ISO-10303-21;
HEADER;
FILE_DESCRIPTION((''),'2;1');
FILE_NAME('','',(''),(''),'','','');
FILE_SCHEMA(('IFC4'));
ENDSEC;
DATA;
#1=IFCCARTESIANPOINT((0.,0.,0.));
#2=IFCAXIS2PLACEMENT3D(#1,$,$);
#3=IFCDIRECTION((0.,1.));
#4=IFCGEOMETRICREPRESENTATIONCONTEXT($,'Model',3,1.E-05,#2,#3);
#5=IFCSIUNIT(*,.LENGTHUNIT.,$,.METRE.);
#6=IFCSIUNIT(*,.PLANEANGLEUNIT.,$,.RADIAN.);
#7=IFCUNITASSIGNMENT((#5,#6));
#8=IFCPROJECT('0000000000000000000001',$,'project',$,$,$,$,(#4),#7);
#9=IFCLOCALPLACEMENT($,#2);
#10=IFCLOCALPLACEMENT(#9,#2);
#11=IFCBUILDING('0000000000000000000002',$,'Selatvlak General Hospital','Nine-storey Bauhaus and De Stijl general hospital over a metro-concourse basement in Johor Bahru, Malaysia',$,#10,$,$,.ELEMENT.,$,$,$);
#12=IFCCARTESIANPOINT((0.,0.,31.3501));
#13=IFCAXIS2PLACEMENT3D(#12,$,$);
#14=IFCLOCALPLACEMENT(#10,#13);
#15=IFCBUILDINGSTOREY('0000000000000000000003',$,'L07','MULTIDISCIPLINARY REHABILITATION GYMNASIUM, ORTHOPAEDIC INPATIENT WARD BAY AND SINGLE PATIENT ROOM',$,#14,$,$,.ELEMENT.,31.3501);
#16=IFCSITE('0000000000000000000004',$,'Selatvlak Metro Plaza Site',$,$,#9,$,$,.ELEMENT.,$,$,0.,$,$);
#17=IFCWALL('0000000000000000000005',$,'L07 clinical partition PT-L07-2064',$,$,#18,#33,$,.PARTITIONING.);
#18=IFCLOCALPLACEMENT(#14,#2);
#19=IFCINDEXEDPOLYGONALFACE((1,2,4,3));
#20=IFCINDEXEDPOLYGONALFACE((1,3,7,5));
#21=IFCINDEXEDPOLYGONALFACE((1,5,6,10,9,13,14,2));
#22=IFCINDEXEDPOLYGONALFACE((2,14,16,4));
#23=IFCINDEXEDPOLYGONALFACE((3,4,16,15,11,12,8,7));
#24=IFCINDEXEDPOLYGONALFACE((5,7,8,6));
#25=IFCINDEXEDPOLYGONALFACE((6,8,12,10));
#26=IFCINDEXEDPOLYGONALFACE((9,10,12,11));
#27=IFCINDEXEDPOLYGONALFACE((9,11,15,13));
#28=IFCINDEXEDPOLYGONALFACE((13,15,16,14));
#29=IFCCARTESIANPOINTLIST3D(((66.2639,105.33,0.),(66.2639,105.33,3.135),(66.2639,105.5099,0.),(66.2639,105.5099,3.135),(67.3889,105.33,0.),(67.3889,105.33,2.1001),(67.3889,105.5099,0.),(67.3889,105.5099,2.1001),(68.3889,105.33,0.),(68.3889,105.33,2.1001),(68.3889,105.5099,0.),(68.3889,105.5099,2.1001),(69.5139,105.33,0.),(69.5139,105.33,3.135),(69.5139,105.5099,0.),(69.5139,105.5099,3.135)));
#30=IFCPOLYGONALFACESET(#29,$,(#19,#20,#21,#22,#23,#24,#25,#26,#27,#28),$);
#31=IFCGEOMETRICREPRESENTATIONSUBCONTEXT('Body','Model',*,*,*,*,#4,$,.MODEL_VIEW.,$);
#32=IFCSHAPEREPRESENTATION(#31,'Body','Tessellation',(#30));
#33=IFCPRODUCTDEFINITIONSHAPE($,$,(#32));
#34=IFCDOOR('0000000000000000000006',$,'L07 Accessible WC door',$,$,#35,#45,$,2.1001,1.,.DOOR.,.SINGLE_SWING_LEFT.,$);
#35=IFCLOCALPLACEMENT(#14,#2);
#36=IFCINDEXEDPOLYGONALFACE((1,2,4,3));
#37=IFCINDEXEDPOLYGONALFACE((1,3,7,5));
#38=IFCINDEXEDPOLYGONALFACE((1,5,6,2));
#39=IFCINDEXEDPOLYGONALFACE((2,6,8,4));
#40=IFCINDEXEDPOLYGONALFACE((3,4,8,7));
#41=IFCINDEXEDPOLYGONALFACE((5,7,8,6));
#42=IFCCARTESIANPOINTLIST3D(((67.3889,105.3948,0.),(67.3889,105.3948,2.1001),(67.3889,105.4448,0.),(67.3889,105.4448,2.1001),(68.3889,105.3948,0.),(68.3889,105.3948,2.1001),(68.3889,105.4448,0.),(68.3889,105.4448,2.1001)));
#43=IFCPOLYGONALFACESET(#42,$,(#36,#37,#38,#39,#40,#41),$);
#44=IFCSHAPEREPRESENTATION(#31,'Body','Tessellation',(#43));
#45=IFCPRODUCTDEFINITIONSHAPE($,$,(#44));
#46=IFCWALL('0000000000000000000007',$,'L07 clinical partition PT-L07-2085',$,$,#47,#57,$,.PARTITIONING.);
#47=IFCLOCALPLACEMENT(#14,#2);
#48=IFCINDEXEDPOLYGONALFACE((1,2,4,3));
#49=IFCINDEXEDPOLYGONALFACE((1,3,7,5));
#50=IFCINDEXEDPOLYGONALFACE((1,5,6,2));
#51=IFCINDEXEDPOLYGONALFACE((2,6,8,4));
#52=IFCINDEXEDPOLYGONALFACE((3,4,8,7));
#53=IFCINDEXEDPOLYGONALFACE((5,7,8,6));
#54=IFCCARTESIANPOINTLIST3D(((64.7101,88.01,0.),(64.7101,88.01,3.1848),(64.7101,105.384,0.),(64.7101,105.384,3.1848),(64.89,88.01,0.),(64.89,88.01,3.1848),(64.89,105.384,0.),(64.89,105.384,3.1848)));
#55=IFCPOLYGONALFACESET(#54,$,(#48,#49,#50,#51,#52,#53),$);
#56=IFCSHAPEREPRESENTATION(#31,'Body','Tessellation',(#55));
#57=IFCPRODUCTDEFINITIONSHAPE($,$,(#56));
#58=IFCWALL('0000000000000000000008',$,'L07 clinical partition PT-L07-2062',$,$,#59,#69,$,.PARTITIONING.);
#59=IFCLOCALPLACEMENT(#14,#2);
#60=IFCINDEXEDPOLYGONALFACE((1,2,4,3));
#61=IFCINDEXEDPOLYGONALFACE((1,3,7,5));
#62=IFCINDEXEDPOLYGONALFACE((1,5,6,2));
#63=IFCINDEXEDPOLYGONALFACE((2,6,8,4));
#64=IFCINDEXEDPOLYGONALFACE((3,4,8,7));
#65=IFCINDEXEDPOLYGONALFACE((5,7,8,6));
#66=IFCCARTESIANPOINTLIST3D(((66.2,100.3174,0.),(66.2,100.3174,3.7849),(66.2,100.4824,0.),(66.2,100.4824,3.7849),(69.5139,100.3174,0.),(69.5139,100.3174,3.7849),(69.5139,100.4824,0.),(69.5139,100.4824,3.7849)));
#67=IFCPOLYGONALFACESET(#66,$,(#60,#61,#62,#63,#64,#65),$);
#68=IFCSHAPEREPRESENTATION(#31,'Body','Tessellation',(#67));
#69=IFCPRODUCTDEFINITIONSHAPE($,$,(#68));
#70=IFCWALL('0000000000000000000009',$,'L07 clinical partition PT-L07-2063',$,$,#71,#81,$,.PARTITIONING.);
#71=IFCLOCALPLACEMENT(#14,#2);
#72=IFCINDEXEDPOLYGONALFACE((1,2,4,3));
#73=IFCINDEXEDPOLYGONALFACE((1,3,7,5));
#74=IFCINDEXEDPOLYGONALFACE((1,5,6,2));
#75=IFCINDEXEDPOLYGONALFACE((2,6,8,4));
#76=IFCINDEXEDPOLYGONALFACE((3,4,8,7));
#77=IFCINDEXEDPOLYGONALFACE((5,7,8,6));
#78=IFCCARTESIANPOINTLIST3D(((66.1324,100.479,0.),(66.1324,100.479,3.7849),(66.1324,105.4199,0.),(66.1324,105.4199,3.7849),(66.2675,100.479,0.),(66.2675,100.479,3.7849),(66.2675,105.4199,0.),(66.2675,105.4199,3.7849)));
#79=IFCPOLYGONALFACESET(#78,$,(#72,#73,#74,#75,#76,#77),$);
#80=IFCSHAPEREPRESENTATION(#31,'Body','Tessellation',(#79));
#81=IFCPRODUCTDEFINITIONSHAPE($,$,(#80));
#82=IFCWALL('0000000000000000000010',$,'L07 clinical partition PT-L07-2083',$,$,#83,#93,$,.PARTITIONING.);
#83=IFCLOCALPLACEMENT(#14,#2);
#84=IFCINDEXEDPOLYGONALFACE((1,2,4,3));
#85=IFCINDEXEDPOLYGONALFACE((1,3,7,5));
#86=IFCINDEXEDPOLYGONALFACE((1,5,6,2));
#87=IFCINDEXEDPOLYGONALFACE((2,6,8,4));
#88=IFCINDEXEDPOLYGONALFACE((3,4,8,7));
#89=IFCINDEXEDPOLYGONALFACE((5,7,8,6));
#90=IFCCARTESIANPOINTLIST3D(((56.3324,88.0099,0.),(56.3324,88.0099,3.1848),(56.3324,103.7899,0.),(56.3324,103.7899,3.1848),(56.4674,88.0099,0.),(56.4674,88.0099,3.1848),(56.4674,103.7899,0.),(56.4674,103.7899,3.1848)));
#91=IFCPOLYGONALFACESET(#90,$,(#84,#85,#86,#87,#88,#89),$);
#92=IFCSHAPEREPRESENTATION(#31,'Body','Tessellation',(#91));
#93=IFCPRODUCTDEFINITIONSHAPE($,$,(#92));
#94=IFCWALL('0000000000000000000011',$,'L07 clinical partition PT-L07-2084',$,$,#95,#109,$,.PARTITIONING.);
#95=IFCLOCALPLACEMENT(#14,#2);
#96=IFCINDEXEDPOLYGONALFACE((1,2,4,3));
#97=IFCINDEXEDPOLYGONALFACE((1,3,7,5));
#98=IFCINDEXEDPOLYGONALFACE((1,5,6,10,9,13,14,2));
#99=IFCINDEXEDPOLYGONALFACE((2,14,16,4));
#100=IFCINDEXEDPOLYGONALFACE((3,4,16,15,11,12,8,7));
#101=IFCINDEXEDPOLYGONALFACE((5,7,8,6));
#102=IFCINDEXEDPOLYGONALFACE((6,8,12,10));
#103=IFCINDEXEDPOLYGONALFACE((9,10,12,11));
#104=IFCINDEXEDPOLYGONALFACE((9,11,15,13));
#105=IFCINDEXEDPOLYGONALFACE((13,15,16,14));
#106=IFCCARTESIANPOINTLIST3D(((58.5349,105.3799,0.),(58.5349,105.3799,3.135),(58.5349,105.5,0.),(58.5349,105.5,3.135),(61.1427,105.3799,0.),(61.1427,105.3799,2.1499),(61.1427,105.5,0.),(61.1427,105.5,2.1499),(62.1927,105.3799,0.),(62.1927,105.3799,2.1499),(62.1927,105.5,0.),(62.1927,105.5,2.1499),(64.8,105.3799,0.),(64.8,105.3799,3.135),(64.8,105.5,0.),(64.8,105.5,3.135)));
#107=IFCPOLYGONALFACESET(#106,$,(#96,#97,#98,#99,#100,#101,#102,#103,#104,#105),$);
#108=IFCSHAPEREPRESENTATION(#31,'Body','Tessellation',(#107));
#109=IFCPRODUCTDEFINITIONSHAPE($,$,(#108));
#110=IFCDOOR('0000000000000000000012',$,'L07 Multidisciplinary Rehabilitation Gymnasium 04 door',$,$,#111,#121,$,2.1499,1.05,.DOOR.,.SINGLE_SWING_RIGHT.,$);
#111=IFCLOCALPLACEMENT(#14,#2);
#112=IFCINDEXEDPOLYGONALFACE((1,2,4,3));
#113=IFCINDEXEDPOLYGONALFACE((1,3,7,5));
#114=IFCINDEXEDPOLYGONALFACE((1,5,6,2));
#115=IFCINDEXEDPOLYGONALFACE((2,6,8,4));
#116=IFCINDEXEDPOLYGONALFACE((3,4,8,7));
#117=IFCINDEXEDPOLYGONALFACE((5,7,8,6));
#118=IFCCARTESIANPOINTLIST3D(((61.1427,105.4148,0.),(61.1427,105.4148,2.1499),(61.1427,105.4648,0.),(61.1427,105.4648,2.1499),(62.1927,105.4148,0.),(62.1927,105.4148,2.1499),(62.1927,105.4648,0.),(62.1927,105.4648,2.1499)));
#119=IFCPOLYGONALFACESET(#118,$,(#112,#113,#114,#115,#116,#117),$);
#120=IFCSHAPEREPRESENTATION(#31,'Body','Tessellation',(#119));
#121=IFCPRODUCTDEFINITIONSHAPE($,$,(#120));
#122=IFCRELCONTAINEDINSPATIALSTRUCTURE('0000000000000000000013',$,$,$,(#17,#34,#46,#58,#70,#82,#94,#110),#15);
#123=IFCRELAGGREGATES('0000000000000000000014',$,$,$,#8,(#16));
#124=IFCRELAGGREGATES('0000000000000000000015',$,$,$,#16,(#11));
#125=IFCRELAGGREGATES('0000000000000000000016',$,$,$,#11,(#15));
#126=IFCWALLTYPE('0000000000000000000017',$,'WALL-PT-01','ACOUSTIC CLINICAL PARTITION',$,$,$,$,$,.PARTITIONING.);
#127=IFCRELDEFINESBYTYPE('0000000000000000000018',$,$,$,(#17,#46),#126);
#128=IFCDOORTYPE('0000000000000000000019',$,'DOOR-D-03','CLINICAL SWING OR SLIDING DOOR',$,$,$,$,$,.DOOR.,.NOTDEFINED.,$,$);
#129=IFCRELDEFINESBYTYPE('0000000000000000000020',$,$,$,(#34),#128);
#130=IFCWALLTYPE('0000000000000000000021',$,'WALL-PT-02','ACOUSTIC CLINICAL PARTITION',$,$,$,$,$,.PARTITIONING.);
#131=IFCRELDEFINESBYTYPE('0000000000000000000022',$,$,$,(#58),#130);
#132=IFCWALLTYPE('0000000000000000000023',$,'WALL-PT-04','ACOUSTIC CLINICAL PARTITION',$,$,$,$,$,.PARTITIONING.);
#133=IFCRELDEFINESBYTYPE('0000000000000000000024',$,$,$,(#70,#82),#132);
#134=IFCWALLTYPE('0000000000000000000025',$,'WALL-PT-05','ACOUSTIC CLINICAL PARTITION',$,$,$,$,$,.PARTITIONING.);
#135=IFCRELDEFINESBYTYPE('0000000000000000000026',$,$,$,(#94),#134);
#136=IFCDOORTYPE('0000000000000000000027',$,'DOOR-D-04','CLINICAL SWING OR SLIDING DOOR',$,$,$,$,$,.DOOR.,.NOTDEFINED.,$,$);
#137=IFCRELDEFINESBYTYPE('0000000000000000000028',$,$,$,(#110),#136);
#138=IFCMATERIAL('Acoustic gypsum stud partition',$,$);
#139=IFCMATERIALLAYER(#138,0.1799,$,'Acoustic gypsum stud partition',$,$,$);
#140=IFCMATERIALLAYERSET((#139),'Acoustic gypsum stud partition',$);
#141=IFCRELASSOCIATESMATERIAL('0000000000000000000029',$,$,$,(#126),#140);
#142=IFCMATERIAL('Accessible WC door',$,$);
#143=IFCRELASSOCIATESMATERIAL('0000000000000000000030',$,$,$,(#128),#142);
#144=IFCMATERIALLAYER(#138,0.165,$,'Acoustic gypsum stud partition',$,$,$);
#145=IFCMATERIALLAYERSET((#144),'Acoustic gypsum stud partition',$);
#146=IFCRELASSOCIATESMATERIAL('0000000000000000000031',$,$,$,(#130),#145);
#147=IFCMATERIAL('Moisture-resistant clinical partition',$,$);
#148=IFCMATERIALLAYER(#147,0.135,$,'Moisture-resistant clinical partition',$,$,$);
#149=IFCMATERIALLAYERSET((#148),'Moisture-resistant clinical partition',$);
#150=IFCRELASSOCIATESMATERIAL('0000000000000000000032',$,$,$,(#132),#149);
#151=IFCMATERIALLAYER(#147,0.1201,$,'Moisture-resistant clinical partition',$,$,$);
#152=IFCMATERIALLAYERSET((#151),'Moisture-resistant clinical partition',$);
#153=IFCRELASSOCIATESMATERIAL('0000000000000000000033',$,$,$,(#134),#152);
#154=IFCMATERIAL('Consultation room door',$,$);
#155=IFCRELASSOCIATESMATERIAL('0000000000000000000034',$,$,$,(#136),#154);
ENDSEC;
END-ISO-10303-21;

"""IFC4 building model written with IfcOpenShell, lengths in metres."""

from ifc_helpers import new_model, si_unit, direction, frame, frame_2d, origin, place, context, subcontext, project, spatial, rectangle, extrude, material, layer, layer_set, type_object, element, fill, save


model = new_model("IFC4")

# Units and contexts
model_context = context("Model", 3, precision=1e-05, world=origin(), true_north=direction((0.0, 1.0)))
body_context = subcontext(model_context, "Body", "Model", "MODEL_VIEW")
ifc_project = project(units=[si_unit("LENGTHUNIT", "METRE"), si_unit("PLANEANGLEUNIT", "RADIAN")], contexts=[model_context])

# Site, building, storey
site_placement = place(None, origin())
site = spatial("IfcSite", under=ifc_project, at=site_placement, Name="Selatvlak Metro Plaza Site", CompositionType="ELEMENT", RefElevation=0.0)
building_placement = place(site_placement, origin())
building = spatial("IfcBuilding", under=site, at=building_placement, Name="Selatvlak General Hospital", Description="Nine-storey Bauhaus and De Stijl general hospital over a metro-concourse basement in Johor Bahru, Malaysia", CompositionType="ELEMENT")
storey_placement = place(building_placement, frame((0.0, 0.0, 31.3501)))
storey = spatial("IfcBuildingStorey", under=building, at=storey_placement, Name="L07", Description="MULTIDISCIPLINARY REHABILITATION GYMNASIUM, ORTHOPAEDIC INPATIENT WARD BAY AND SINGLE PATIENT ROOM", CompositionType="ELEMENT", Elevation=31.3501)

# Shared definitions
ifc_material_1 = material(Name="Acoustic gypsum stud partition")
ifc_layer_1 = layer(ifc_material_1, 0.1799, Name="Acoustic gypsum stud partition")
ifc_layer_set_1 = layer_set([ifc_layer_1], Name="Acoustic gypsum stud partition")
wall_type_1 = type_object("IfcWallType", Name="WALL-PT-01", Description="ACOUSTIC CLINICAL PARTITION", PredefinedType="PARTITIONING", material=ifc_layer_set_1)

# Wall, opening, door
wall_1_placement = place(storey_placement, frame((66.2639, 105.4199, 0.0), z_axis=(0.0, 0.0, 1.0), x_axis=(1.0, 0.0, 0.0)))
wall_1 = element("IfcWall", 1, at=wall_1_placement, inside=storey, type_object=wall_type_1, Name="L07 clinical partition PT-L07-2064", PredefinedType="PARTITIONING", context=body_context, shape_type="SweptSolid", body=[
    extrude(rectangle(XDim=3.25, YDim=0.1799, at=frame_2d((1.625, 0.0))), origin(), (0.0, 0.0, 1.0), 3.135),
])
opening_1_placement = place(wall_1_placement, frame((1.125, 0.0, 0.0)))
opening_1 = element("IfcOpeningElement", 2, at=opening_1_placement, cuts=wall_1, PredefinedType="OPENING", context=body_context, shape_type="SweptSolid", body=[
    extrude(rectangle(XDim=1.0, YDim=2.1001, at=frame_2d((0.5, 1.05))), frame((0.0, 0.0999, 0.0), z_axis=(0.0, -1.0, 0.0), x_axis=(1.0, 0.0, 0.0)), (0.0, 0.0, 1.0), 0.2),
])
ifc_material_2 = material(Name="Accessible WC door")
door_type_1 = type_object("IfcDoorType", Name="DOOR-D-03", Description="CLINICAL SWING OR SLIDING DOOR", OperationType="NOTDEFINED", PredefinedType="DOOR", material=ifc_material_2)
door_1_placement = place(opening_1_placement, origin())
door_1 = element("IfcDoor", 3, at=door_1_placement, inside=storey, type_object=door_type_1, Name="L07 Accessible WC door", OperationType="SINGLE_SWING_LEFT", OverallHeight=2.1001, OverallWidth=1.0, PredefinedType="DOOR", context=body_context, shape_type="SweptSolid", body=[
    extrude(rectangle(XDim=1.0, YDim=2.1001, at=frame_2d((0.5, 1.05))), frame((0.0, 0.0249, 0.0), z_axis=(0.0, -1.0, 0.0), x_axis=(1.0, 0.0, 0.0)), (0.0, 0.0, 1.0), 0.05),
])
fill(opening_1, door_1)

# Walls
wall_2_placement = place(storey_placement, frame((64.8, 105.384, 0.0), z_axis=(0.0, 0.0, 1.0), x_axis=(0.0, -1.0, 0.0)))
element("IfcWall", 4, at=wall_2_placement, inside=storey, type_object=wall_type_1, Name="L07 clinical partition PT-L07-2085", PredefinedType="PARTITIONING", context=body_context, shape_type="SweptSolid", body=[
    extrude(rectangle(XDim=17.374, YDim=0.1799, at=frame_2d((8.687, 0.0))), origin(), (0.0, 0.0, 1.0), 3.1848),
])
ifc_layer_2 = layer(ifc_material_1, 0.165, Name="Acoustic gypsum stud partition")
ifc_layer_set_2 = layer_set([ifc_layer_2], Name="Acoustic gypsum stud partition")
wall_type_2 = type_object("IfcWallType", Name="WALL-PT-02", Description="ACOUSTIC CLINICAL PARTITION", PredefinedType="PARTITIONING", material=ifc_layer_set_2)
wall_3_placement = place(storey_placement, frame((69.5139, 100.3999, 0.0), z_axis=(0.0, 0.0, 1.0), x_axis=(-1.0, 0.0, 0.0)))
element("IfcWall", 5, at=wall_3_placement, inside=storey, type_object=wall_type_2, Name="L07 clinical partition PT-L07-2062", PredefinedType="PARTITIONING", context=body_context, shape_type="SweptSolid", body=[
    extrude(rectangle(XDim=3.314, YDim=0.165, at=frame_2d((1.657, 0.0))), origin(), (0.0, 0.0, 1.0), 3.7849),
])
ifc_material_3 = material(Name="Moisture-resistant clinical partition")
ifc_layer_3 = layer(ifc_material_3, 0.135, Name="Moisture-resistant clinical partition")
ifc_layer_set_3 = layer_set([ifc_layer_3], Name="Moisture-resistant clinical partition")
wall_type_3 = type_object("IfcWallType", Name="WALL-PT-04", Description="ACOUSTIC CLINICAL PARTITION", PredefinedType="PARTITIONING", material=ifc_layer_set_3)
wall_4_placement = place(storey_placement, frame((66.2, 100.479, 0.0), z_axis=(0.0, 0.0, 1.0), x_axis=(0.0, 1.0, 0.0)))
element("IfcWall", 6, at=wall_4_placement, inside=storey, type_object=wall_type_3, Name="L07 clinical partition PT-L07-2063", PredefinedType="PARTITIONING", context=body_context, shape_type="SweptSolid", body=[
    extrude(rectangle(XDim=4.9409, YDim=0.135, at=frame_2d((2.4705, 0.0))), origin(), (0.0, 0.0, 1.0), 3.7849),
])
wall_5_placement = place(storey_placement, frame((56.3999, 103.79, 0.0), z_axis=(0.0, 0.0, 1.0), x_axis=(0.0, -1.0, 0.0)))
element("IfcWall", 7, at=wall_5_placement, inside=storey, type_object=wall_type_3, Name="L07 clinical partition PT-L07-2083", PredefinedType="PARTITIONING", context=body_context, shape_type="SweptSolid", body=[
    extrude(rectangle(XDim=15.78, YDim=0.135, at=frame_2d((7.8901, 0.0))), origin(), (0.0, 0.0, 1.0), 3.1848),
])

# Wall, opening, door
ifc_layer_4 = layer(ifc_material_3, 0.1201, Name="Moisture-resistant clinical partition")
ifc_layer_set_4 = layer_set([ifc_layer_4], Name="Moisture-resistant clinical partition")
wall_type_4 = type_object("IfcWallType", Name="WALL-PT-05", Description="ACOUSTIC CLINICAL PARTITION", PredefinedType="PARTITIONING", material=ifc_layer_set_4)
wall_6_placement = place(storey_placement, frame((58.5349, 105.4399, 0.0), z_axis=(0.0, 0.0, 1.0), x_axis=(1.0, 0.0, 0.0)))
wall_6 = element("IfcWall", 8, at=wall_6_placement, inside=storey, type_object=wall_type_4, Name="L07 clinical partition PT-L07-2084", PredefinedType="PARTITIONING", context=body_context, shape_type="SweptSolid", body=[
    extrude(rectangle(XDim=6.2651, YDim=0.1201, at=frame_2d((3.1326, 0.0))), origin(), (0.0, 0.0, 1.0), 3.135),
])
opening_2_placement = place(wall_6_placement, frame((2.6079, 0.0, 0.0)))
opening_2 = element("IfcOpeningElement", 9, at=opening_2_placement, cuts=wall_6, PredefinedType="OPENING", context=body_context, shape_type="SweptSolid", body=[
    extrude(rectangle(XDim=1.05, YDim=2.1499, at=frame_2d((0.5249, 1.075))), frame((0.0, 0.0701, 0.0), z_axis=(0.0, -1.0, 0.0), x_axis=(1.0, 0.0, 0.0)), (0.0, 0.0, 1.0), 0.1401),
])
ifc_material_4 = material(Name="Consultation room door")
door_type_2 = type_object("IfcDoorType", Name="DOOR-D-04", Description="CLINICAL SWING OR SLIDING DOOR", OperationType="NOTDEFINED", PredefinedType="DOOR", material=ifc_material_4)
door_2_placement = place(opening_2_placement, origin())
door_2 = element("IfcDoor", 10, at=door_2_placement, inside=storey, type_object=door_type_2, Name="L07 Multidisciplinary Rehabilitation Gymnasium 04 door", OperationType="SINGLE_SWING_RIGHT", OverallHeight=2.1499, OverallWidth=1.05, PredefinedType="DOOR", context=body_context, shape_type="SweptSolid", body=[
    extrude(rectangle(XDim=1.05, YDim=2.1499, at=frame_2d((0.5249, 1.075))), frame((0.0, 0.0249, 0.0), z_axis=(0.0, -1.0, 0.0), x_axis=(1.0, 0.0, 0.0)), (0.0, 0.0, 1.0), 0.05),
])
fill(opening_2, door_2)

save(model, "model.ifc")
